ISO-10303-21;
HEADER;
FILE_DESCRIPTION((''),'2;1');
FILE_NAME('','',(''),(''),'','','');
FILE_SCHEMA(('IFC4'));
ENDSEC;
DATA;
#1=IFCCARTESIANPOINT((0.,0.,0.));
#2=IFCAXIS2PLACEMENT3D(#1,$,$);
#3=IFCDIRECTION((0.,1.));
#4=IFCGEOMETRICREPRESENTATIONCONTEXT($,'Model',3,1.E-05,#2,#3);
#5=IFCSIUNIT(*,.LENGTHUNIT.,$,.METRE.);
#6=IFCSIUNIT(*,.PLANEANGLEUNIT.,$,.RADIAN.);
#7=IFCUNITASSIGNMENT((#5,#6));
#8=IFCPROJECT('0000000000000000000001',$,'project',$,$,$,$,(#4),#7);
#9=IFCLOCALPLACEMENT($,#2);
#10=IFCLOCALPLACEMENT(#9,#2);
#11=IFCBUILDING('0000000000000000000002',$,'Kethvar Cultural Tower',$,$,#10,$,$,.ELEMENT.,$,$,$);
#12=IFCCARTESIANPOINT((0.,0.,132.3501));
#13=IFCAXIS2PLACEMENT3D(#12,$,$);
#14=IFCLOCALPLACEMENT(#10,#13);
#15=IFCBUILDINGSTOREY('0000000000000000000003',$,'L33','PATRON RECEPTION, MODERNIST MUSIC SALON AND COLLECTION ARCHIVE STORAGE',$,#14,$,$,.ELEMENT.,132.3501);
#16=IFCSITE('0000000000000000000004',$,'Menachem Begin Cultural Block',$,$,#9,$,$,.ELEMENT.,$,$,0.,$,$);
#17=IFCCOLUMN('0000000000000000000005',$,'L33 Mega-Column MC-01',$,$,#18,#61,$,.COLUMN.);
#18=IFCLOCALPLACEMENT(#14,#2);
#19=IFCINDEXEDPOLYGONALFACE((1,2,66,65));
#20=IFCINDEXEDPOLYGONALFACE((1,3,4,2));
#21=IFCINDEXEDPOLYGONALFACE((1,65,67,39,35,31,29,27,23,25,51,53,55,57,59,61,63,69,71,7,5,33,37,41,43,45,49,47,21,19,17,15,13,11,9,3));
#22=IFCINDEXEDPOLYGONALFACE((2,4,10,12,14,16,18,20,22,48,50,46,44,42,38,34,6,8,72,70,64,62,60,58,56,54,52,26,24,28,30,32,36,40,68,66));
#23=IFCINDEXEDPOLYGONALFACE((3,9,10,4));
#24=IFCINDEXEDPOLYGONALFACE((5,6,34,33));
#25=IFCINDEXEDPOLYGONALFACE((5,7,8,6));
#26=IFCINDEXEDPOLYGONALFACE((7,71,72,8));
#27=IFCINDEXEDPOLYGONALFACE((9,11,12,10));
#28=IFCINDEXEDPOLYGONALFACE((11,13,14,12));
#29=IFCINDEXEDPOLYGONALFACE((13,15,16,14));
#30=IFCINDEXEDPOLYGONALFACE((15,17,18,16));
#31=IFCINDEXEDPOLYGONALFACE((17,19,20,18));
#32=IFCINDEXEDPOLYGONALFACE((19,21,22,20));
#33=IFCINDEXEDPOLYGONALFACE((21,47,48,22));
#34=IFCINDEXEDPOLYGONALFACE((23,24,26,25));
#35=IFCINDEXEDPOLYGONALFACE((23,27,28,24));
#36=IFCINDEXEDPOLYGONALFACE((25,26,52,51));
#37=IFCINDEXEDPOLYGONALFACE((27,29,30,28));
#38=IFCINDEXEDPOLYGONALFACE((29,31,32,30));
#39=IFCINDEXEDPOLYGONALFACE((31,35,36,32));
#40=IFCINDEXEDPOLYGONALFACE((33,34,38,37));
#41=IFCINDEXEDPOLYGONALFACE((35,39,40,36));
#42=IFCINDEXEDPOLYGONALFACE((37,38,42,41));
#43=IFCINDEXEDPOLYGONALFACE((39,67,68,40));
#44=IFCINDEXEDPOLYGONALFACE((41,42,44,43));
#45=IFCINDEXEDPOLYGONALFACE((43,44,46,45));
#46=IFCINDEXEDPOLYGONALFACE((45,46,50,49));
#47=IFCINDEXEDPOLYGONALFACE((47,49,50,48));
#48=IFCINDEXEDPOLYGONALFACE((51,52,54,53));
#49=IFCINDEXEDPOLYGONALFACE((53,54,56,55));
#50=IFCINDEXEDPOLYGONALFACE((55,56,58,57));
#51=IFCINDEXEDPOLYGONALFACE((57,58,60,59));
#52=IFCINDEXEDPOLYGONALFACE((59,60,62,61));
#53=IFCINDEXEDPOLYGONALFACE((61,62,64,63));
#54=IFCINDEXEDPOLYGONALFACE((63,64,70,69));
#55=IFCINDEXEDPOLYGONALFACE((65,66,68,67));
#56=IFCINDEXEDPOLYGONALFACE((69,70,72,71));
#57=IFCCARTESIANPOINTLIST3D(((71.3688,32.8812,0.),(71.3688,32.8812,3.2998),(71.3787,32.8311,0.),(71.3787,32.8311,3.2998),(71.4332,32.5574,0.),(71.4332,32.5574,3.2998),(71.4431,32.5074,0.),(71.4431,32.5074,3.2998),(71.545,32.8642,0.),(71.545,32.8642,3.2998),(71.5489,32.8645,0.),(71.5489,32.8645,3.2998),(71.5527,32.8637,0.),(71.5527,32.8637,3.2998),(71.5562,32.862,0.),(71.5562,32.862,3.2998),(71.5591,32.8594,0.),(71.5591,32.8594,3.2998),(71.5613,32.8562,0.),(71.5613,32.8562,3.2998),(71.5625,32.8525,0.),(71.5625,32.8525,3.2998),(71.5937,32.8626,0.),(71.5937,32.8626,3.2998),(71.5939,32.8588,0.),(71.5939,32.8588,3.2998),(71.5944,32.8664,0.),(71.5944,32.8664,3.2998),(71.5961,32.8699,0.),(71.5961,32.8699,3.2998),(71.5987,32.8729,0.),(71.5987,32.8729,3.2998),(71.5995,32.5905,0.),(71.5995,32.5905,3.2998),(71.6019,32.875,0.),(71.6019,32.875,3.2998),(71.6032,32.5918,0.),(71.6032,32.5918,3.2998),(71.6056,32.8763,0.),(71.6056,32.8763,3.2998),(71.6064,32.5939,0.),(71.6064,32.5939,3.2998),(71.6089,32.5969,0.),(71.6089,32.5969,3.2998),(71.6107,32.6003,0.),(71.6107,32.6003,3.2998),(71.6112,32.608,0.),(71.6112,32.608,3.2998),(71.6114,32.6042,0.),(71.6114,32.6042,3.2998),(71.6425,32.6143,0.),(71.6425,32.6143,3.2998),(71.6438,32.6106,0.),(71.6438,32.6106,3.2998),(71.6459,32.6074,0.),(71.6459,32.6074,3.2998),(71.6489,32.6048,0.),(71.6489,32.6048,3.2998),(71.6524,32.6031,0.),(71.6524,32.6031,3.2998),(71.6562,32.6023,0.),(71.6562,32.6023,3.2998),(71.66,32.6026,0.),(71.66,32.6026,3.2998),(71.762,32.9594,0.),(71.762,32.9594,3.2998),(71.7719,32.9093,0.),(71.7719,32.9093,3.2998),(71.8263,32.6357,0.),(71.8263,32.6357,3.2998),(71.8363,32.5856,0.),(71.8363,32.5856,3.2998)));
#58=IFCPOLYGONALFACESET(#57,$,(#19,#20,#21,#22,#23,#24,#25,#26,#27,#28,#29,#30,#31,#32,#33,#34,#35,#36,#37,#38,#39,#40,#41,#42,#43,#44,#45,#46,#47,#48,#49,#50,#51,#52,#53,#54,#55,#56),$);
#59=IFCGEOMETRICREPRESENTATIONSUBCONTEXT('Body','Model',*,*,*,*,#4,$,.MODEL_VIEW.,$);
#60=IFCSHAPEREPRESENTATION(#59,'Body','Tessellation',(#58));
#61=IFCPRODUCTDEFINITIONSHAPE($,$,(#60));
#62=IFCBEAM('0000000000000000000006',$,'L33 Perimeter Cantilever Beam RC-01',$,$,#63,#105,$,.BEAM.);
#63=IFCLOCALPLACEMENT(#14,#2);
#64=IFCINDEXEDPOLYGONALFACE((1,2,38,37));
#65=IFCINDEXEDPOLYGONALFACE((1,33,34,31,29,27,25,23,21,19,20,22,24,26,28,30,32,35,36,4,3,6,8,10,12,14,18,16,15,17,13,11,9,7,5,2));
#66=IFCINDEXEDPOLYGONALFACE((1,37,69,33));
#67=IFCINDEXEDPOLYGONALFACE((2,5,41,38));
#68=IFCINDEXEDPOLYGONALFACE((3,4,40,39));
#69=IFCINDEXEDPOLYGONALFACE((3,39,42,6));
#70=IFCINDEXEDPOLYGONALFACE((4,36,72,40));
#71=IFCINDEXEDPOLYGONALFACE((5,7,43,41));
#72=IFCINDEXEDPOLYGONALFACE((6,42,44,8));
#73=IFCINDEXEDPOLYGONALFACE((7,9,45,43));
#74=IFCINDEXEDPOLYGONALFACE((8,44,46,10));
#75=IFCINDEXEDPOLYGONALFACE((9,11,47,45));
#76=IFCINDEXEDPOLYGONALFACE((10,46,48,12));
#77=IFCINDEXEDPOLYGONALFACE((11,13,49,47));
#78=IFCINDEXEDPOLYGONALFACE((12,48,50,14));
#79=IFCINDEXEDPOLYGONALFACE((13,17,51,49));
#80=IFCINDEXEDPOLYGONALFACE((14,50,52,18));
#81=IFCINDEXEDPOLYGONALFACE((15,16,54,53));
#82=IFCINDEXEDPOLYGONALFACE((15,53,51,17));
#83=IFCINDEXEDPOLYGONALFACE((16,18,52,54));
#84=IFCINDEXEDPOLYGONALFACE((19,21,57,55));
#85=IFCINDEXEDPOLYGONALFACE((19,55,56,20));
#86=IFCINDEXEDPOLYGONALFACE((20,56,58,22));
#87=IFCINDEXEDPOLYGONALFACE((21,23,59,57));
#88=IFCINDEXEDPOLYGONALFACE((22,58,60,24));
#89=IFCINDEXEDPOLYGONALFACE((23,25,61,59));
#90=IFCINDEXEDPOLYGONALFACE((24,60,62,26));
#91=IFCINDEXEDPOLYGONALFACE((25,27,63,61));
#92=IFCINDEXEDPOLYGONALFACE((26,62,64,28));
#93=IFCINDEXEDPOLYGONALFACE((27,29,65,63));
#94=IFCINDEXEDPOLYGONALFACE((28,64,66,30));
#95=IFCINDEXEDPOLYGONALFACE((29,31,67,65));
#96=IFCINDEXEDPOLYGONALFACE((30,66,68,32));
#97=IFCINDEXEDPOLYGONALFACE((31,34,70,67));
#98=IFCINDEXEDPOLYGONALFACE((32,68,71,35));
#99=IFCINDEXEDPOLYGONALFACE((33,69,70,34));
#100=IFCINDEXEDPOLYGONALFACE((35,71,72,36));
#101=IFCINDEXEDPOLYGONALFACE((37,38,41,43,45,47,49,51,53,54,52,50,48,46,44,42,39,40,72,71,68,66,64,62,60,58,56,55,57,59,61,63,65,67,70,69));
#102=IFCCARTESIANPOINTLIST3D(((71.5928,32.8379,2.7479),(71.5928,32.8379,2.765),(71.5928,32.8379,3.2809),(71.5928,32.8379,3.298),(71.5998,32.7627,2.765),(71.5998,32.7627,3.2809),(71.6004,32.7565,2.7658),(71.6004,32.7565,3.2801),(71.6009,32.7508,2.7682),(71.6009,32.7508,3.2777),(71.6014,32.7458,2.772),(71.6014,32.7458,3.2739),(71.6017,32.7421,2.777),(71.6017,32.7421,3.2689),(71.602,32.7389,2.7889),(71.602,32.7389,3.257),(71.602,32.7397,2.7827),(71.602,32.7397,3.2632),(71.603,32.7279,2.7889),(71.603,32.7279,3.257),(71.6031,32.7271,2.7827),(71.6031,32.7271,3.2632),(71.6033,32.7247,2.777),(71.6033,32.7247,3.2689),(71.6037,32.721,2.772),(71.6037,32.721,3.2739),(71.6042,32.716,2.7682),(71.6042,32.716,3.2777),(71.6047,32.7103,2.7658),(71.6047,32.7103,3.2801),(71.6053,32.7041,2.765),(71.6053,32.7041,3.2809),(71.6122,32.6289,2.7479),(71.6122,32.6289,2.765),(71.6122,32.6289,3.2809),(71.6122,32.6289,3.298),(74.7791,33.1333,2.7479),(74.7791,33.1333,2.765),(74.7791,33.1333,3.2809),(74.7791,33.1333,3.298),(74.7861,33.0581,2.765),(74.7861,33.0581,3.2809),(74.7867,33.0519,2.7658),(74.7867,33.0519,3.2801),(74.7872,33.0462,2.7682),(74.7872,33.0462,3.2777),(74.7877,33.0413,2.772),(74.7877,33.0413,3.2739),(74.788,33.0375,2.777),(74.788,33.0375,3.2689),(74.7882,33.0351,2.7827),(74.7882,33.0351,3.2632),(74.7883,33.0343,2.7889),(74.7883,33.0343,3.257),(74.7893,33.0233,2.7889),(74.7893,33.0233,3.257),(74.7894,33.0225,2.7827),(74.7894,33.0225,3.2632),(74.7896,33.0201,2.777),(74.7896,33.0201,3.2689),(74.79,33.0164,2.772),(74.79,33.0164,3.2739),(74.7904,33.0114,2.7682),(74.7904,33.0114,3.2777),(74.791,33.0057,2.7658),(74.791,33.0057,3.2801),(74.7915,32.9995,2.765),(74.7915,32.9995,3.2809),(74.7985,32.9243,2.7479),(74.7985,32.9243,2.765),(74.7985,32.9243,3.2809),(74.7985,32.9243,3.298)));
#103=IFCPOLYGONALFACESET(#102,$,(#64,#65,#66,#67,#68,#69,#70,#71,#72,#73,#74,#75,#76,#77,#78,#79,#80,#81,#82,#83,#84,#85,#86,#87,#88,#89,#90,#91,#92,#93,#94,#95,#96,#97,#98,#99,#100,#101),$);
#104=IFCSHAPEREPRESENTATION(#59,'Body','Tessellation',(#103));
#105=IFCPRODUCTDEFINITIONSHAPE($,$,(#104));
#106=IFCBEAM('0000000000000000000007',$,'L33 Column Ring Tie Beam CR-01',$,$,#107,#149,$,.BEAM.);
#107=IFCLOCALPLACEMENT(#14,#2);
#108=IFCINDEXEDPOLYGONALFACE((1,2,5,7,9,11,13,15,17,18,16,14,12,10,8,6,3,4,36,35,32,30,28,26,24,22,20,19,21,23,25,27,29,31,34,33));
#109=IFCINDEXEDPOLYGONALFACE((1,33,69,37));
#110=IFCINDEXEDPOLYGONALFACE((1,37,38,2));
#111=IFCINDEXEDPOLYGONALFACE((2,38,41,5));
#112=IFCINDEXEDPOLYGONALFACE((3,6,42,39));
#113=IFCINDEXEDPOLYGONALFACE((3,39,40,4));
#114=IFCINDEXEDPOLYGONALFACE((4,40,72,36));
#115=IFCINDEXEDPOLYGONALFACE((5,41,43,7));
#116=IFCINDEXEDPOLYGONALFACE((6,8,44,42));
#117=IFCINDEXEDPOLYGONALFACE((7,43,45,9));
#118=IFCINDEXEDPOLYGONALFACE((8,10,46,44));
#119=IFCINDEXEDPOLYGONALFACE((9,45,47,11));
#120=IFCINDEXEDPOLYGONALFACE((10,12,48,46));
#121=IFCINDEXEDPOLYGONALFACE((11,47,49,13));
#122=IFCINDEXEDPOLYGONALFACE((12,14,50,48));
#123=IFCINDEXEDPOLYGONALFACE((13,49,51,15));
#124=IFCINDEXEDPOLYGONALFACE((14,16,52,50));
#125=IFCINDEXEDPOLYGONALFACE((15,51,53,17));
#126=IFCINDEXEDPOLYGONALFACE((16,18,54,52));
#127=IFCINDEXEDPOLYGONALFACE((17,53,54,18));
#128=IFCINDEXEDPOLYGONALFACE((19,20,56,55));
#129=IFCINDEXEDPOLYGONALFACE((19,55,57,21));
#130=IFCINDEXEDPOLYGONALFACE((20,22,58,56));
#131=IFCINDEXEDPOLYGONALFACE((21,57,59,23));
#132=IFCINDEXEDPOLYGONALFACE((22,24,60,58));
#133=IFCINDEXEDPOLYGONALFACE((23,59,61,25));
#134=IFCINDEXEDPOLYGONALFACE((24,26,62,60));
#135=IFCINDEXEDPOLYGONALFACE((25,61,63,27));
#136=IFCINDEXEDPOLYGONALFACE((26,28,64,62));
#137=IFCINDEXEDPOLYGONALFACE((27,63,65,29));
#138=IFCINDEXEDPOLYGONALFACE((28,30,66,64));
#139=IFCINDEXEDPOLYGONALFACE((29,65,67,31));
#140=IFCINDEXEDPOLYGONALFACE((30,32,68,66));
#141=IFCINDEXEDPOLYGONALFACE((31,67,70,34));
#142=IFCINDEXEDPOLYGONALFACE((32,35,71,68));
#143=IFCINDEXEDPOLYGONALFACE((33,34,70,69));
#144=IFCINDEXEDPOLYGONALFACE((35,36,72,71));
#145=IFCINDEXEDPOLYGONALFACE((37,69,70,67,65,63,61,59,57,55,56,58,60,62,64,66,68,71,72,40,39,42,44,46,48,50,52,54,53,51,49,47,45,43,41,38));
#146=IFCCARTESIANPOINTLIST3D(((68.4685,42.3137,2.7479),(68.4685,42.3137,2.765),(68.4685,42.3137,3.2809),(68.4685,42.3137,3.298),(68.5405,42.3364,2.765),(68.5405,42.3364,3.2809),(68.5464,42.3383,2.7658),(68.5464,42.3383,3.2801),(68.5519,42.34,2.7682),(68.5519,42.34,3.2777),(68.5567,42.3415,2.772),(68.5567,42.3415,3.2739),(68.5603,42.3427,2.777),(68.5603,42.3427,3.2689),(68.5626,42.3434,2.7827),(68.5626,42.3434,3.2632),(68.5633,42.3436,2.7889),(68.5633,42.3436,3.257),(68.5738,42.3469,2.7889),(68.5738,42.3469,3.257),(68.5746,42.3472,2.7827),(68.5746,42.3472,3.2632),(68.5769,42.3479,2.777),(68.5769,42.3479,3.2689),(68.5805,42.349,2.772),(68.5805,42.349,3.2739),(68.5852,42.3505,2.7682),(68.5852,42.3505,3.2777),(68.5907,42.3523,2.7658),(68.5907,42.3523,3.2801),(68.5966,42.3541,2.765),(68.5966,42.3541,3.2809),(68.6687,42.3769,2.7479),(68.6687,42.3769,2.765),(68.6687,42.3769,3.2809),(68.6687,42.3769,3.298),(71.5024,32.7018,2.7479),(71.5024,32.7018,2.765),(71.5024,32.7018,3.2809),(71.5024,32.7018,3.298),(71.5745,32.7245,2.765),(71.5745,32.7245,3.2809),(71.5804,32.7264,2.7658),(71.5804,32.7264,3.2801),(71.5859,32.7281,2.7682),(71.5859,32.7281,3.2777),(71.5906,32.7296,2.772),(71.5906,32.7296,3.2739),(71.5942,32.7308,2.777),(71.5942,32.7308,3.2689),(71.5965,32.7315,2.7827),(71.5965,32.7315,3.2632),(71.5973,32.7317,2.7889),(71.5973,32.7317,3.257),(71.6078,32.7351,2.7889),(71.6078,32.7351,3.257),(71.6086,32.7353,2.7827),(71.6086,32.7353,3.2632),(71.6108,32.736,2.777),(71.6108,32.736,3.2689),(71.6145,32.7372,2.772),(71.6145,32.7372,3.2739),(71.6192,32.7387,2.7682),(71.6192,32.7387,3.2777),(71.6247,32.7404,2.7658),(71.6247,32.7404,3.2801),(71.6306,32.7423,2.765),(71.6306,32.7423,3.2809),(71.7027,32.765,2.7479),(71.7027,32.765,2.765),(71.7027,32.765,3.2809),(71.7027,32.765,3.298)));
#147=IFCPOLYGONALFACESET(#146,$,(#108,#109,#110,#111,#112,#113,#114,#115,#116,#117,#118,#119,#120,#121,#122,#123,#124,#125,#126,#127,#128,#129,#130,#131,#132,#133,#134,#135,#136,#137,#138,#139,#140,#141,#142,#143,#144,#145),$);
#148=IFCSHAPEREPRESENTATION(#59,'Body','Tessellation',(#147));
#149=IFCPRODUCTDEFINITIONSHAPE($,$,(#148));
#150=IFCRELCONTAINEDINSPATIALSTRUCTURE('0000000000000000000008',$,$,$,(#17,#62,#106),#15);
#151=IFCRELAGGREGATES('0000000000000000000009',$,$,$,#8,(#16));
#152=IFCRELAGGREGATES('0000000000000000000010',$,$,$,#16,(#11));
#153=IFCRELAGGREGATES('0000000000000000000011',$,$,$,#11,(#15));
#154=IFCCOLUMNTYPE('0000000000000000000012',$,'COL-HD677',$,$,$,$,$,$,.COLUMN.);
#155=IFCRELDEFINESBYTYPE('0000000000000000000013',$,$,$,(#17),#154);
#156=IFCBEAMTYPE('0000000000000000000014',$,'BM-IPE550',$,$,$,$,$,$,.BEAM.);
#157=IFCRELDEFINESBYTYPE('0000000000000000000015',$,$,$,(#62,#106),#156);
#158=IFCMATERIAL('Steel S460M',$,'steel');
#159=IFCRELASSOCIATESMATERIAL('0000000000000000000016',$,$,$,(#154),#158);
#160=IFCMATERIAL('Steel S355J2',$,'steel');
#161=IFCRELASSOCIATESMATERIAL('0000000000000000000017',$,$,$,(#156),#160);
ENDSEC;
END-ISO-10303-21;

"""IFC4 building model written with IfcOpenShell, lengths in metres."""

from ifc_helpers import new_model, si_unit, direction, frame, origin, origin_2d, place, context, subcontext, project, spatial, i_section, extrude, source, transform, mapped, material, material_profile, profile_set, type_object, element, save


model = new_model("IFC4")

# Units and contexts
model_context = context("Model", 3, precision=1e-05, world=origin(), true_north=direction((0.0, 1.0)))
body_context = subcontext(model_context, "Body", "Model", "MODEL_VIEW")
ifc_project = project(units=[si_unit("LENGTHUNIT", "METRE"), si_unit("PLANEANGLEUNIT", "RADIAN")], contexts=[model_context])

# Site, building, storey
site_placement = place(None, origin())
site = spatial("IfcSite", under=ifc_project, at=site_placement, Name="Menachem Begin Cultural Block", CompositionType="ELEMENT", RefElevation=0.0)
building_placement = place(site_placement, origin())
building = spatial("IfcBuilding", under=site, at=building_placement, Name="Kethvar Cultural Tower", CompositionType="ELEMENT")
storey_placement = place(building_placement, frame((0.0, 0.0, 132.3501)))
storey = spatial("IfcBuildingStorey", under=building, at=storey_placement, Name="L33", Description="PATRON RECEPTION, MODERNIST MUSIC SALON AND COLLECTION ARCHIVE STORAGE", CompositionType="ELEMENT", Elevation=132.3501)

# Column
ifc_material_1 = material(Name="Steel S460M", Category="steel")
ifc_material_profile_1 = material_profile(ifc_material_1, i_section(OverallWidth=0.4009, OverallDepth=0.3811, WebThickness=0.032, FlangeThickness=0.051, FilletRadius=0.0149, at=origin_2d()), Name="Steel S460M — HD400x677")
ifc_profile_set_1 = profile_set([ifc_material_profile_1], Name="Steel S460M — HD400x677")
column_type = type_object("IfcColumnType", Name="COL-HD677", PredefinedType="COLUMN", material=ifc_profile_set_1)
shared_shape_1 = source(origin(), body_context, "Body", "SweptSolid", [
    extrude(i_section(OverallWidth=0.4009, OverallDepth=0.3811, WebThickness=0.032, FlangeThickness=0.051, FilletRadius=0.0149, at=origin_2d()), origin(), (0.0, 0.0, 1.0), 3.2998),
])
column_placement = place(storey_placement, frame((71.6025, 32.7334, 0.0), z_axis=(0.0, 0.0, 1.0), x_axis=(0.980785, 0.19509, 0.0)))
element("IfcColumn", 1, at=column_placement, inside=storey, type_object=column_type, Name="L33 Mega-Column MC-01", PredefinedType="COLUMN", context=body_context, shape_type="MappedRepresentation", body=[
    mapped(shared_shape_1, transform((0.0, 0.0, 0.0), scale=1.0)),
])

# Beams
ifc_material_2 = material(Name="Steel S355J2", Category="steel")
ifc_material_profile_2 = material_profile(ifc_material_2, i_section(OverallWidth=0.21, OverallDepth=0.55, WebThickness=0.011, FlangeThickness=0.0171, FilletRadius=0.0239, at=origin_2d()), Name="Steel S355J2 — IPE550")
ifc_profile_set_2 = profile_set([ifc_material_profile_2], Name="Steel S355J2 — IPE550")
beam_type_1 = type_object("IfcBeamType", Name="BM-IPE550", PredefinedType="BEAM", material=ifc_profile_set_2)
shared_shape_2 = source(origin(), body_context, "Body", "SweptSolid", [
    extrude(i_section(OverallWidth=0.21, OverallDepth=0.55, WebThickness=0.011, FlangeThickness=0.0171, FilletRadius=0.0239, at=origin_2d()), origin(), (0.0, 0.0, 1.0), 3.2),
])
beam_1_placement = place(storey_placement, frame((71.6025, 32.7334, 3.0229), z_axis=(0.99573, 0.092317, 0.0), x_axis=(-0.092317, 0.99573, 0.0)))
element("IfcBeam", 2, at=beam_1_placement, inside=storey, type_object=beam_type_1, Name="L33 Perimeter Cantilever Beam RC-01", PredefinedType="BEAM", context=body_context, shape_type="MappedRepresentation", body=[
    mapped(shared_shape_2, transform((0.0, 0.0, 0.0), scale=1.0)),
])
shared_shape_3 = source(origin(), body_context, "Body", "SweptSolid", [
    extrude(i_section(OverallWidth=0.21, OverallDepth=0.55, WebThickness=0.011, FlangeThickness=0.0171, FilletRadius=0.0239, at=origin_2d()), origin(), (0.0, 0.0, 1.0), 10.0793),
])
beam_2_placement = place(storey_placement, frame((71.6025, 32.7334, 3.0229), z_axis=(-0.301007, 0.953622, 0.0), x_axis=(-0.953622, -0.301007, 0.0)))
element("IfcBeam", 3, at=beam_2_placement, inside=storey, type_object=beam_type_1, Name="L33 Column Ring Tie Beam CR-01", PredefinedType="BEAM", context=body_context, shape_type="MappedRepresentation", body=[
    mapped(shared_shape_3, transform((0.0, 0.0, 0.0), scale=1.0)),
])

save(model, "model.ifc")
